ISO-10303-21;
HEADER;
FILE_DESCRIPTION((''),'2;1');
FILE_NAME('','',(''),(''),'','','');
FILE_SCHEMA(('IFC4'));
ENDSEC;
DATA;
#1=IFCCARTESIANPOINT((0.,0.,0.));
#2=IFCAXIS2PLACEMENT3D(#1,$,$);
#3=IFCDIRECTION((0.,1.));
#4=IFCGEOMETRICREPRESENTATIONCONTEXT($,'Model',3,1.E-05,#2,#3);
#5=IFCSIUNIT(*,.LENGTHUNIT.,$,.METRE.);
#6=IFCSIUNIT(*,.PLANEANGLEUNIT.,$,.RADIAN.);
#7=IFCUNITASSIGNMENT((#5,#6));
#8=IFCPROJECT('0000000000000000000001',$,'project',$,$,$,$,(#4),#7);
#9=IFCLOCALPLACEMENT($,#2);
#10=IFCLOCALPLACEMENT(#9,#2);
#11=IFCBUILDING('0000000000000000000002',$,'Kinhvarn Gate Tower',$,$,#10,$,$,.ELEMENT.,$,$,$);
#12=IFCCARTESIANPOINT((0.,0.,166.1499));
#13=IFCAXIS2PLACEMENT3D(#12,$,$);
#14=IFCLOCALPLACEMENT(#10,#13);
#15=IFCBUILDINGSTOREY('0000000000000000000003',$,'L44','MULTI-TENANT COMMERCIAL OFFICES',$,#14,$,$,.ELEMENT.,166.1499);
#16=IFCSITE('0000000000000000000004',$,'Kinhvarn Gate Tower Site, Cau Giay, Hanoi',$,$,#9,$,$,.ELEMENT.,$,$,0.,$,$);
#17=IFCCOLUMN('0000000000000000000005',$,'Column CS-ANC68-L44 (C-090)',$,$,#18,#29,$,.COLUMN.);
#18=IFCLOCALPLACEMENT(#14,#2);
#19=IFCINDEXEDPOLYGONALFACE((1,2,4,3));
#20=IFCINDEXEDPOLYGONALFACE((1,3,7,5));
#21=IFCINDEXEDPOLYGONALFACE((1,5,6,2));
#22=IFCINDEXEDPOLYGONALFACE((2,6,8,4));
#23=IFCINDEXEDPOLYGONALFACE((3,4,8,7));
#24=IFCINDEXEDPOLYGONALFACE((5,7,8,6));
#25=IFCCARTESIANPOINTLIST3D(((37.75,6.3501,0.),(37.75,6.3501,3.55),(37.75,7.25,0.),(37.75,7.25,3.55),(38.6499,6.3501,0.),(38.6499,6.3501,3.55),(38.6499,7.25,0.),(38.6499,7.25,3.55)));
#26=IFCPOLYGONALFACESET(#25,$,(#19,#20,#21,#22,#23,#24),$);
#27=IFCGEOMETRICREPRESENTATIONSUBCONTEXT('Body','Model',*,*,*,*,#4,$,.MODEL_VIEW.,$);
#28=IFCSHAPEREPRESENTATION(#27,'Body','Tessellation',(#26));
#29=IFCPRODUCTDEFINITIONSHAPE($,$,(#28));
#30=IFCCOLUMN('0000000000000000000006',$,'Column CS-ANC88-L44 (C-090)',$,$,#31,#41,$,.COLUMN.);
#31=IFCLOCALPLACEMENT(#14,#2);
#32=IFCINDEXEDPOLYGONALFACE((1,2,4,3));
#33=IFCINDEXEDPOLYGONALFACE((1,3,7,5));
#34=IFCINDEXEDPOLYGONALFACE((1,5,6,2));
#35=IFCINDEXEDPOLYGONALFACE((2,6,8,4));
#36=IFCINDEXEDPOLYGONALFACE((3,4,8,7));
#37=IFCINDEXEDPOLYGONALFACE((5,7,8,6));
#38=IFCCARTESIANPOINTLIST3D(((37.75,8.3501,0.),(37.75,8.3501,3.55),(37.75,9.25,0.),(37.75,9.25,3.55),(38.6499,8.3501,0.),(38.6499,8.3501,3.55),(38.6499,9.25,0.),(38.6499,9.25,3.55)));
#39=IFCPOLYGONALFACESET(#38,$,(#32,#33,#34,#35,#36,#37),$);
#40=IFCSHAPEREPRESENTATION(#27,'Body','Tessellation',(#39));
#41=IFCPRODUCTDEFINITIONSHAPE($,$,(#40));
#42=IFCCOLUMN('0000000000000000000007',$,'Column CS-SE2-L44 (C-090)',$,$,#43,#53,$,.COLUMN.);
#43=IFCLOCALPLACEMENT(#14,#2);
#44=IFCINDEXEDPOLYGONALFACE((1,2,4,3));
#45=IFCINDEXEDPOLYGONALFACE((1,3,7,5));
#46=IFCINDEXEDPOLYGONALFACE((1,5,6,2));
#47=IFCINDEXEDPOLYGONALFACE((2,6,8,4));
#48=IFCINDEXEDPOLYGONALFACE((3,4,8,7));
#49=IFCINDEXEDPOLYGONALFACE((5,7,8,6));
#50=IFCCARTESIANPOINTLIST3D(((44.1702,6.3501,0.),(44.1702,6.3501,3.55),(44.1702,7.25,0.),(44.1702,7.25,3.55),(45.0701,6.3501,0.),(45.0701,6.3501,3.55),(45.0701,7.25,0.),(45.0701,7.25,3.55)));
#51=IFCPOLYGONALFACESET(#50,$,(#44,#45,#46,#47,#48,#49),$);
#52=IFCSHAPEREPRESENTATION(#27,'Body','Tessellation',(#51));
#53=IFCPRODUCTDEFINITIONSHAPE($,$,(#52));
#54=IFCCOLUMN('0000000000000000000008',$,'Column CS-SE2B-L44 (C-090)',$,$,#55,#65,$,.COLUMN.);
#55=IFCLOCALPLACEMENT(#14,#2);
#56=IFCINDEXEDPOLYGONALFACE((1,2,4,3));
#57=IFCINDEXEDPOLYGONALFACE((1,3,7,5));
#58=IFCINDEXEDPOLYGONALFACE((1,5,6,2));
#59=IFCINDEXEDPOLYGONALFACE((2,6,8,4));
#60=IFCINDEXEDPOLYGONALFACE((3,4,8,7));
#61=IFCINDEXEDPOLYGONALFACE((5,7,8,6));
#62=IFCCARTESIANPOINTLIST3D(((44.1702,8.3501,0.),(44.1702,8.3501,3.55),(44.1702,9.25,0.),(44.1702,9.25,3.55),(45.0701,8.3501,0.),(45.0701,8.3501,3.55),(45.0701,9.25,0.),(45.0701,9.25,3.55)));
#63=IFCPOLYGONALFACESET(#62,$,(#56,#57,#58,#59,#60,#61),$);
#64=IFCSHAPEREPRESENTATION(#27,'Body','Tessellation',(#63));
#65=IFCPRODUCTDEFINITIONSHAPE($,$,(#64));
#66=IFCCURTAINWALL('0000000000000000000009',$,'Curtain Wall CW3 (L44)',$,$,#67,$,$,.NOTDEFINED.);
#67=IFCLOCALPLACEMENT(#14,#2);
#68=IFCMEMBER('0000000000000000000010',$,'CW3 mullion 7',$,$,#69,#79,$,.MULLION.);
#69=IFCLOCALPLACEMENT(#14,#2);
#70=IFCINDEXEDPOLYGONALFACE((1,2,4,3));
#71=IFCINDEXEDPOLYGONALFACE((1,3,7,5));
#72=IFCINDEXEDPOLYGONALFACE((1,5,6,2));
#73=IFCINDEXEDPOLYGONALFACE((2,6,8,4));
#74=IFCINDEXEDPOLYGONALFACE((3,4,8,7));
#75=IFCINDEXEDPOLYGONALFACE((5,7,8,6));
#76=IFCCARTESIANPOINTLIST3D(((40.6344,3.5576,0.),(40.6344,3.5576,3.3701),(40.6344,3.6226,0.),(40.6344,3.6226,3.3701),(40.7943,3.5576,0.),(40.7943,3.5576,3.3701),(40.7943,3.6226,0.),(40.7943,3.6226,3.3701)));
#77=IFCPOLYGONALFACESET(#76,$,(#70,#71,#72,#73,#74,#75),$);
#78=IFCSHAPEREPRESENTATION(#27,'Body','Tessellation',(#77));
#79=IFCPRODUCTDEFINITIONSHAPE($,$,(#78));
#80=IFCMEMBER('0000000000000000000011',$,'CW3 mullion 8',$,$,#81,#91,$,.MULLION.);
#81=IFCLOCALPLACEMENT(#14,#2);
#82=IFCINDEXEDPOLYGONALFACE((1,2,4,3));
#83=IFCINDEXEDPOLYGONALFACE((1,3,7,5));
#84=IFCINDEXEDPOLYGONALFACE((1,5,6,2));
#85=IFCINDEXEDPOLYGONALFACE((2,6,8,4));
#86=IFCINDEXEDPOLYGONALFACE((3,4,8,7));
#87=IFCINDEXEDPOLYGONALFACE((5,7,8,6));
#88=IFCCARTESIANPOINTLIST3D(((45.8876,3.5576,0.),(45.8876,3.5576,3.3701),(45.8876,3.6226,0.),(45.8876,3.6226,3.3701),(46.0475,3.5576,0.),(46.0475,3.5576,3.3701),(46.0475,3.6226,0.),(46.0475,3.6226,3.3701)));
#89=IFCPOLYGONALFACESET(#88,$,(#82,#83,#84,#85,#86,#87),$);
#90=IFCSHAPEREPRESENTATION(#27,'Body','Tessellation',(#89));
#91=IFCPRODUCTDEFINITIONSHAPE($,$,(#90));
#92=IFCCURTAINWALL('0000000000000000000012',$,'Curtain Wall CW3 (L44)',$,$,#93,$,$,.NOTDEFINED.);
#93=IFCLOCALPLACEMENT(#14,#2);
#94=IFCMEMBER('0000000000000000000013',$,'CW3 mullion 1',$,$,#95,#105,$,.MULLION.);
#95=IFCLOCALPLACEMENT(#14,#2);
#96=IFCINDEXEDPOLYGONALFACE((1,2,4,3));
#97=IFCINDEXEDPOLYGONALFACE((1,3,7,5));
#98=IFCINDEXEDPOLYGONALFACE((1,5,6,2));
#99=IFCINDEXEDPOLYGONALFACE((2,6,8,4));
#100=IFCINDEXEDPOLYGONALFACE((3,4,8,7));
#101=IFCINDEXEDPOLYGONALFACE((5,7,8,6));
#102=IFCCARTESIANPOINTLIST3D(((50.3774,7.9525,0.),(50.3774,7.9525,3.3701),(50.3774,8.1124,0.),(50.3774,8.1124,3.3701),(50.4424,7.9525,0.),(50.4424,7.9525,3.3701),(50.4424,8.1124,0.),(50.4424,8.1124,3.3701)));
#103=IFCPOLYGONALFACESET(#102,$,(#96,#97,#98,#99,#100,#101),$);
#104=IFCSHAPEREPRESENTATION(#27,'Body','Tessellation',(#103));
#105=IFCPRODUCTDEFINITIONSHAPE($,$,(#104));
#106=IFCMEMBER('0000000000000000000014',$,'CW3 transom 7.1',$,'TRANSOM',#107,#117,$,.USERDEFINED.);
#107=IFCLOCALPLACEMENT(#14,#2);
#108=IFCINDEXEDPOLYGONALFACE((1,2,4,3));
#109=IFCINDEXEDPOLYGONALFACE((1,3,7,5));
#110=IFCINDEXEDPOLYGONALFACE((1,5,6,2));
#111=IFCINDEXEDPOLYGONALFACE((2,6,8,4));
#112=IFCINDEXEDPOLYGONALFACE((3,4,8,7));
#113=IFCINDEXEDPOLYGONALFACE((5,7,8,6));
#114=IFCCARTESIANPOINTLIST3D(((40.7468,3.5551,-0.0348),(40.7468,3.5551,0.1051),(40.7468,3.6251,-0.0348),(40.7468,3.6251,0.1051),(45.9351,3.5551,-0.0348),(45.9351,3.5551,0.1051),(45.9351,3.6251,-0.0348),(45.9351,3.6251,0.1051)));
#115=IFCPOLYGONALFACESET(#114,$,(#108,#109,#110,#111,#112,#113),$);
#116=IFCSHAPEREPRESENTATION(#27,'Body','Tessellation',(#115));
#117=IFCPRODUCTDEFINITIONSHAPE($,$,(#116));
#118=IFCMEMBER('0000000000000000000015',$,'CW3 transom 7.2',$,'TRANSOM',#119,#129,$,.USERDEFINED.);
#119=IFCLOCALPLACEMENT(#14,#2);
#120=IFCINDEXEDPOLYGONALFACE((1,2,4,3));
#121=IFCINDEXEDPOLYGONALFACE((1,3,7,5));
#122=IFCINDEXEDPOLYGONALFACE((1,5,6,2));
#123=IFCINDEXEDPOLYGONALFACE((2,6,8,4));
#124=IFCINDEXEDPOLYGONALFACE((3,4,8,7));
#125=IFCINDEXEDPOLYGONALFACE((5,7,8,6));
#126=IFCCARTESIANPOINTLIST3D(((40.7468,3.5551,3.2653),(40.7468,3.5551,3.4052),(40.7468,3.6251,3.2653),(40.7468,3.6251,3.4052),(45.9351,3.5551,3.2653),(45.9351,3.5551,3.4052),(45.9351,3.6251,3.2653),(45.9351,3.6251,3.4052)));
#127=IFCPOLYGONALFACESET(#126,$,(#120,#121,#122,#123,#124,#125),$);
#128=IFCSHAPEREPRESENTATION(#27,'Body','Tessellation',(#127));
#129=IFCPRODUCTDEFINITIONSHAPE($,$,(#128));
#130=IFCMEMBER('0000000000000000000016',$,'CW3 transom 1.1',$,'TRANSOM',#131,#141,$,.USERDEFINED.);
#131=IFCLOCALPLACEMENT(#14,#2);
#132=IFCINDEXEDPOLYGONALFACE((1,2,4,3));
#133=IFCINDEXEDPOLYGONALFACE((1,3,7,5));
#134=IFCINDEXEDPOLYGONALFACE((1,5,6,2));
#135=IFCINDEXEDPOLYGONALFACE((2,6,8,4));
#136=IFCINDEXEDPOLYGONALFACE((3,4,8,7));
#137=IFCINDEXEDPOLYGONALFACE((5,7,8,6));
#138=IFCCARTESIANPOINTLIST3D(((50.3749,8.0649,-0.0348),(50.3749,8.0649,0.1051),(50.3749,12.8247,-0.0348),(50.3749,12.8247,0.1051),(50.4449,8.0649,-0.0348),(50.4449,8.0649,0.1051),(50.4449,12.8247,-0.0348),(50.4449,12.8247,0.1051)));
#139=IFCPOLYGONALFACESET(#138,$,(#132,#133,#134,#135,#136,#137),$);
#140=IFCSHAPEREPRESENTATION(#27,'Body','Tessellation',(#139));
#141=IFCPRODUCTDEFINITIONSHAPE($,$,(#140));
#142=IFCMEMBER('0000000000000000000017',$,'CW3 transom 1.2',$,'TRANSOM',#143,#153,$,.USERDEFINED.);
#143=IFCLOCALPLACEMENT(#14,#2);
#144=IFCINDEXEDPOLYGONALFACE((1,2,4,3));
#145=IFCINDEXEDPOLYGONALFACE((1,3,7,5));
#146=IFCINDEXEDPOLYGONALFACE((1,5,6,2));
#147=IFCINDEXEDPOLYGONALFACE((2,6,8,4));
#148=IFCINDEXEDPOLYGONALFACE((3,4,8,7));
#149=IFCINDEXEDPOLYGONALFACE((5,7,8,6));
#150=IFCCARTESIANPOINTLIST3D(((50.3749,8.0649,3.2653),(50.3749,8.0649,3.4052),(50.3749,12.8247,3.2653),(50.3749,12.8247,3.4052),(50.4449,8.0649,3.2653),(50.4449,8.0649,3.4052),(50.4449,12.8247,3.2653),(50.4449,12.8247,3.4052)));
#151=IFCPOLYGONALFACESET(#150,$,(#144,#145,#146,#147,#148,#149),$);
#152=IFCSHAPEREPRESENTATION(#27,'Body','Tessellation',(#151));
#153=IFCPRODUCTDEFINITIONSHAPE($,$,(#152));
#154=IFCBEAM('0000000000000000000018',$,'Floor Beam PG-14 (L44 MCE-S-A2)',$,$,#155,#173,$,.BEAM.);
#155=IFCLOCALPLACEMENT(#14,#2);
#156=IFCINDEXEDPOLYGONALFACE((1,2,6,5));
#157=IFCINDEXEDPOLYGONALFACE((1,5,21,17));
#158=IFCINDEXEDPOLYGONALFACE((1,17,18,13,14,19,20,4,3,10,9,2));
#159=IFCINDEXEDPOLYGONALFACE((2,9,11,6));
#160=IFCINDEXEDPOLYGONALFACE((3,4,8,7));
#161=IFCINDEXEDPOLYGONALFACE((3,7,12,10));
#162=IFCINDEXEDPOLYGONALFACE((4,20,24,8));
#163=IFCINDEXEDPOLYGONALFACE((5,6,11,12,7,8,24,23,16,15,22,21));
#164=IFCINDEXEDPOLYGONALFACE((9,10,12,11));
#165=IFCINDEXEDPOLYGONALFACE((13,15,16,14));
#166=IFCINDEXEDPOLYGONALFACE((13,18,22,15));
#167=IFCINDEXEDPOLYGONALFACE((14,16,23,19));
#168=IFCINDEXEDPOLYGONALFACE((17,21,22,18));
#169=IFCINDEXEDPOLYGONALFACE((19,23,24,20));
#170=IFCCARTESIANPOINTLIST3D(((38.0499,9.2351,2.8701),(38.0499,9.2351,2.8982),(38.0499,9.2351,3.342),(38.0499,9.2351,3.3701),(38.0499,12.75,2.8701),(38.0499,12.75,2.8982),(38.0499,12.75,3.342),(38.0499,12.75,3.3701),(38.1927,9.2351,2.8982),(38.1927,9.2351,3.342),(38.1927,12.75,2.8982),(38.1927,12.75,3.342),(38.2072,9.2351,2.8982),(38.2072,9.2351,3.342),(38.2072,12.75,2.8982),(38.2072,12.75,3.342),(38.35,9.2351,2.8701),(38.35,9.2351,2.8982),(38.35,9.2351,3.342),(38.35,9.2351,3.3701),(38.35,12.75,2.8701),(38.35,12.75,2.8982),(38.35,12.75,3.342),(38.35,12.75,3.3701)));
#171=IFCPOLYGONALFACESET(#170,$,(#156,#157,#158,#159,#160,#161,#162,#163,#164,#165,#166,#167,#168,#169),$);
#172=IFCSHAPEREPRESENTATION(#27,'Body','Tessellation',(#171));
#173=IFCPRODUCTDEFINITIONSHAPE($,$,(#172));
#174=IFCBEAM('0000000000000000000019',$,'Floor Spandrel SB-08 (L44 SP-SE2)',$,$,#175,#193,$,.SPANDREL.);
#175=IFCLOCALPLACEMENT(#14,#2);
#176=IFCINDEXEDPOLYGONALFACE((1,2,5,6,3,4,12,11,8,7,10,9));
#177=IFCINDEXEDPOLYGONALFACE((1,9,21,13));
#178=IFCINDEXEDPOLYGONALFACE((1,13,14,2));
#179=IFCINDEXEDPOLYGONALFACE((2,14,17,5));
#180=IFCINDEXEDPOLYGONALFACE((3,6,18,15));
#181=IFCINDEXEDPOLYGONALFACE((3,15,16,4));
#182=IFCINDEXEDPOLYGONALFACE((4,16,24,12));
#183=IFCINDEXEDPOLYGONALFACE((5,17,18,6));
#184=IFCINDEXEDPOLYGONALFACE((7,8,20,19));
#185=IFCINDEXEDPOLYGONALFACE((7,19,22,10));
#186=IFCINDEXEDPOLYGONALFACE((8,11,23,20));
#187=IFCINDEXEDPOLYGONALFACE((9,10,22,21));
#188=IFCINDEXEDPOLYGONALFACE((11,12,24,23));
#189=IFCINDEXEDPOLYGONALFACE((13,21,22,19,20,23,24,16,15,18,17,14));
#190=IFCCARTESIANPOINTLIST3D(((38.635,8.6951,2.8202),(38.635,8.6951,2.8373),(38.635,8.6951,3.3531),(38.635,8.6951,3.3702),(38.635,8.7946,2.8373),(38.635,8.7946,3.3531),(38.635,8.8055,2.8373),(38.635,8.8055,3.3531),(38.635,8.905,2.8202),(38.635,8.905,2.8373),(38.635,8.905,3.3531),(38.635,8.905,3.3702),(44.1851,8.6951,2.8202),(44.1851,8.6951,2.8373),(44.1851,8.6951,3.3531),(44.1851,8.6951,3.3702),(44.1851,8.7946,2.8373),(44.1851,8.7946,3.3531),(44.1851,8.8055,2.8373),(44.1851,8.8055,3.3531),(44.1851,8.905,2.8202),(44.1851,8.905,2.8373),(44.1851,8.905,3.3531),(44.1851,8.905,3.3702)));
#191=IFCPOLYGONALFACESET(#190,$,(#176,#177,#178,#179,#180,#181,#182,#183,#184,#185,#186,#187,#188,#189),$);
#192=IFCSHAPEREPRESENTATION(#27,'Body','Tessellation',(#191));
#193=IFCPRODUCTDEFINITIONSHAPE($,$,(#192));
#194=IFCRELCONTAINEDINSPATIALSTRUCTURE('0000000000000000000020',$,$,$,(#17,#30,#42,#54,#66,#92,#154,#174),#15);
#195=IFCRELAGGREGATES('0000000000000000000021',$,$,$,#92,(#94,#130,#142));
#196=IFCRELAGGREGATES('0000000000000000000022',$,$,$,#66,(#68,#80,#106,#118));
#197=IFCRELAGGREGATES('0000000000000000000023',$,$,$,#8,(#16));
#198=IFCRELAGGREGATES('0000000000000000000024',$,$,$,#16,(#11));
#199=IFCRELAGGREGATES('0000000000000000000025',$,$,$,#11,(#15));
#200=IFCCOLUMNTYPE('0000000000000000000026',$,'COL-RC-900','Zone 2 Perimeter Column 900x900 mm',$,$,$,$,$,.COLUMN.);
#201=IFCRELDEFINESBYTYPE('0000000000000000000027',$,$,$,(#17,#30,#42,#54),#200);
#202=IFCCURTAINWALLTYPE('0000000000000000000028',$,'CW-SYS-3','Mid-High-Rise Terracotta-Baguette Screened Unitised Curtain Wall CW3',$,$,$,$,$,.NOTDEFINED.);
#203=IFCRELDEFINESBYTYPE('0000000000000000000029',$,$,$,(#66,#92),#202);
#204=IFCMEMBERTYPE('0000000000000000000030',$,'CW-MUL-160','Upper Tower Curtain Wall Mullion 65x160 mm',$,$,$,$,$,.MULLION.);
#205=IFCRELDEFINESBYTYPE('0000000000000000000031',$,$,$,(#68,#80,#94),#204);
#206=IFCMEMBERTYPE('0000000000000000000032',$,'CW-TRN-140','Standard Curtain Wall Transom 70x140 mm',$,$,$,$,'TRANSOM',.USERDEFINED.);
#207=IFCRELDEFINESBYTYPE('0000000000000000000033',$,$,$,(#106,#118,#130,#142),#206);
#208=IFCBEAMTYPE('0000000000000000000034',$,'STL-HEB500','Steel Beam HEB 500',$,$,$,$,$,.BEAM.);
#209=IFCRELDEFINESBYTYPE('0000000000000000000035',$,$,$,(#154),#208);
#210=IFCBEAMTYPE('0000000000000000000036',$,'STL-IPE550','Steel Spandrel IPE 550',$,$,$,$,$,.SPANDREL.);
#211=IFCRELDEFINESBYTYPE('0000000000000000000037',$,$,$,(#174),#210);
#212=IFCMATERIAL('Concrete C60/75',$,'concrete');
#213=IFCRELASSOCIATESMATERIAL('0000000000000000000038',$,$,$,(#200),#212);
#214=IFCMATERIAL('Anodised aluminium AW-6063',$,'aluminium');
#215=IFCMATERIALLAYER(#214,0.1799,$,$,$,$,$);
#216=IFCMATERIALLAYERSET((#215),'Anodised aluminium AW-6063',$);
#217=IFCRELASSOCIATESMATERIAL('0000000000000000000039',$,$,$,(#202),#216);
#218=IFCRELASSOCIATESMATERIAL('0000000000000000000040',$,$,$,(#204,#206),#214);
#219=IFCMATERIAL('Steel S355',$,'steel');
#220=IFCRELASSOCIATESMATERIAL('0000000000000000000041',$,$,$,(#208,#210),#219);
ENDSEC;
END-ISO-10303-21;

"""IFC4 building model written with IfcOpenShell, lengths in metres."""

from ifc_helpers import new_model, si_unit, direction, frame, origin, origin_2d, place, context, subcontext, project, spatial, rectangle, i_section, extrude, material, layer, layer_set, material_profile, profile_set, type_object, element, aggregate, save


model = new_model("IFC4")

# Units and contexts
model_context = context("Model", 3, precision=1e-05, world=origin(), true_north=direction((0.0, 1.0)))
body_context = subcontext(model_context, "Body", "Model", "MODEL_VIEW")
ifc_project = project(units=[si_unit("LENGTHUNIT", "METRE"), si_unit("PLANEANGLEUNIT", "RADIAN")], contexts=[model_context])

# Site, building, storey
site_placement = place(None, origin())
site = spatial("IfcSite", under=ifc_project, at=site_placement, Name="Kinhvarn Gate Tower Site, Cau Giay, Hanoi", CompositionType="ELEMENT", RefElevation=0.0)
building_placement = place(site_placement, origin())
building = spatial("IfcBuilding", under=site, at=building_placement, Name="Kinhvarn Gate Tower", CompositionType="ELEMENT")
storey_placement = place(building_placement, frame((0.0, 0.0, 166.1499)))
storey = spatial("IfcBuildingStorey", under=building, at=storey_placement, Name="L44", Description="MULTI-TENANT COMMERCIAL OFFICES", CompositionType="ELEMENT", Elevation=166.1499)

# Columns
ifc_material_1 = material(Name="Concrete C60/75", Category="concrete")
ifc_material_profile_1 = material_profile(ifc_material_1, rectangle(XDim=0.8999, YDim=0.8999, at=origin_2d()), Name="RC 900x900")
ifc_profile_set_1 = profile_set([ifc_material_profile_1], Name="Concrete C60/75")
column_type = type_object("IfcColumnType", Name="COL-RC-900", Description="Zone 2 Perimeter Column 900x900 mm", PredefinedType="COLUMN", material=ifc_profile_set_1)
for number, where, z_axis, x_axis, name in (
    (1, (38.2, 6.8, 0.0), (0.0, 0.0, 1.0), (1.0, 0.0, 0.0), "Column CS-ANC68-L44 (C-090)"),
    (2, (38.2, 8.8, 0.0), (0.0, 0.0, 1.0), (1.0, 0.0, 0.0), "Column CS-ANC88-L44 (C-090)"),
    (3, (44.6201, 6.8, 0.0), (0.0, 0.0, 1.0), (1.0, 0.0, 0.0), "Column CS-SE2-L44 (C-090)"),
    (4, (44.6201, 8.8, 0.0), (0.0, 0.0, 1.0), (1.0, 0.0, 0.0), "Column CS-SE2B-L44 (C-090)"),
):
    element("IfcColumn", number, at=place(storey_placement, frame(where, z_axis=z_axis, x_axis=x_axis)), inside=storey, type_object=column_type, Name=name, PredefinedType="COLUMN", context=body_context, shape_type="SweptSolid", body=[
        extrude(rectangle(XDim=0.8999, YDim=0.8999, at=origin_2d()), origin(), (0.0, 0.0, 1.0), 3.55),
    ])

# Curtain wall, members
ifc_material_2 = material(Name="Anodised aluminium AW-6063", Category="aluminium")
ifc_layer_1 = layer(ifc_material_2, 0.1799)
ifc_layer_set_1 = layer_set([ifc_layer_1], Name="Anodised aluminium AW-6063")
curtain_wall_type = type_object("IfcCurtainWallType", Name="CW-SYS-3", Description="Mid-High-Rise Terracotta-Baguette Screened Unitised Curtain Wall CW3", PredefinedType="NOTDEFINED", material=ifc_layer_set_1)
curtain_wall_1_placement = place(storey_placement, origin())
curtain_wall_1 = element("IfcCurtainWall", 5, at=curtain_wall_1_placement, inside=storey, type_object=curtain_wall_type, Name="Curtain Wall CW3 (L44)", PredefinedType="NOTDEFINED")
ifc_material_profile_2 = material_profile(ifc_material_2, rectangle(XDim=0.0649, YDim=0.1599, at=origin_2d()), Name="ALU 65x160")
ifc_profile_set_2 = profile_set([ifc_material_profile_2], Name="Anodised aluminium AW-6063")
member_type_1 = type_object("IfcMemberType", Name="CW-MUL-160", Description="Upper Tower Curtain Wall Mullion 65x160 mm", PredefinedType="MULLION", material=ifc_profile_set_2)
member_1_placement = place(storey_placement, frame((40.7144, 3.5901, 0.0), z_axis=(0.0, 0.0, 1.0), x_axis=(0.0, 1.0, 0.0)))
member_1 = element("IfcMember", 6, at=member_1_placement, type_object=member_type_1, Name="CW3 mullion 7", PredefinedType="MULLION", context=body_context, shape_type="SweptSolid", body=[
    extrude(rectangle(XDim=0.0649, YDim=0.1599, at=origin_2d()), origin(), (0.0, 0.0, 1.0), 3.3701),
])
member_2_placement = place(storey_placement, frame((45.9675, 3.5901, 0.0), z_axis=(0.0, 0.0, 1.0), x_axis=(0.0, 1.0, 0.0)))
member_2 = element("IfcMember", 7, at=member_2_placement, type_object=member_type_1, Name="CW3 mullion 8", PredefinedType="MULLION", context=body_context, shape_type="SweptSolid", body=[
    extrude(rectangle(XDim=0.0649, YDim=0.1599, at=origin_2d()), origin(), (0.0, 0.0, 1.0), 3.3701),
])

# Curtain wall, member
curtain_wall_2_placement = place(storey_placement, origin())
curtain_wall_2 = element("IfcCurtainWall", 8, at=curtain_wall_2_placement, inside=storey, type_object=curtain_wall_type, Name="Curtain Wall CW3 (L44)", PredefinedType="NOTDEFINED")
member_3_placement = place(storey_placement, frame((50.4099, 8.0325, 0.0), z_axis=(0.0, 0.0, 1.0), x_axis=(-1.0, 0.0, 0.0)))
member_3 = element("IfcMember", 9, at=member_3_placement, type_object=member_type_1, Name="CW3 mullion 1", PredefinedType="MULLION", context=body_context, shape_type="SweptSolid", body=[
    extrude(rectangle(XDim=0.0649, YDim=0.1599, at=origin_2d()), origin(), (0.0, 0.0, 1.0), 3.3701),
])

# Members
ifc_material_profile_3 = material_profile(ifc_material_2, rectangle(XDim=0.0701, YDim=0.1399, at=origin_2d()), Name="ALU 70x140")
ifc_profile_set_3 = profile_set([ifc_material_profile_3], Name="Anodised aluminium AW-6063")
member_type_2 = type_object("IfcMemberType", Name="CW-TRN-140", Description="Standard Curtain Wall Transom 70x140 mm", ElementType="TRANSOM", PredefinedType="USERDEFINED", material=ifc_profile_set_3)
member_4_placement = place(storey_placement, frame((40.7468, 3.5901, 0.0352), z_axis=(1.0, 0.0, 0.0), x_axis=(0.0, 1.0, 0.0)))
member_4 = element("IfcMember", 10, at=member_4_placement, type_object=member_type_2, Name="CW3 transom 7.1", ObjectType="TRANSOM", PredefinedType="USERDEFINED", context=body_context, shape_type="SweptSolid", body=[
    extrude(rectangle(XDim=0.0701, YDim=0.1399, at=origin_2d()), origin(), (0.0, 0.0, 1.0), 5.1882),
])
member_5_placement = place(storey_placement, frame((40.7468, 3.5901, 3.3352), z_axis=(1.0, 0.0, 0.0), x_axis=(0.0, 1.0, 0.0)))
member_5 = element("IfcMember", 11, at=member_5_placement, type_object=member_type_2, Name="CW3 transom 7.2", ObjectType="TRANSOM", PredefinedType="USERDEFINED", context=body_context, shape_type="SweptSolid", body=[
    extrude(rectangle(XDim=0.0701, YDim=0.1399, at=origin_2d()), origin(), (0.0, 0.0, 1.0), 5.1882),
])
member_6_placement = place(storey_placement, frame((50.4099, 8.0649, 0.0352), z_axis=(0.0, 1.0, 0.0), x_axis=(-1.0, 0.0, 0.0)))
member_6 = element("IfcMember", 12, at=member_6_placement, type_object=member_type_2, Name="CW3 transom 1.1", ObjectType="TRANSOM", PredefinedType="USERDEFINED", context=body_context, shape_type="SweptSolid", body=[
    extrude(rectangle(XDim=0.0701, YDim=0.1399, at=origin_2d()), origin(), (0.0, 0.0, 1.0), 4.7598),
])
member_7_placement = place(storey_placement, frame((50.4099, 8.0649, 3.3352), z_axis=(0.0, 1.0, 0.0), x_axis=(-1.0, 0.0, 0.0)))
member_7 = element("IfcMember", 13, at=member_7_placement, type_object=member_type_2, Name="CW3 transom 1.2", ObjectType="TRANSOM", PredefinedType="USERDEFINED", context=body_context, shape_type="SweptSolid", body=[
    extrude(rectangle(XDim=0.0701, YDim=0.1399, at=origin_2d()), origin(), (0.0, 0.0, 1.0), 4.7598),
])
aggregate(curtain_wall_2, [member_3, member_6, member_7])

# Beams
ifc_material_3 = material(Name="Steel S355", Category="steel")
ifc_material_profile_4 = material_profile(ifc_material_3, i_section(OverallWidth=0.3, OverallDepth=0.5, WebThickness=0.0144, FlangeThickness=0.0281, at=origin_2d()), Name="HEB 500")
ifc_profile_set_4 = profile_set([ifc_material_profile_4], Name="Steel S355")
beam_type_1 = type_object("IfcBeamType", Name="STL-HEB500", Description="Steel Beam HEB 500", PredefinedType="BEAM", material=ifc_profile_set_4)
beam_placement = place(storey_placement, frame((38.2, 9.2351, 3.1201), z_axis=(0.0, 1.0, 0.0), x_axis=(-1.0, 0.0, 0.0)))
element("IfcBeam", 14, at=beam_placement, inside=storey, type_object=beam_type_1, Name="Floor Beam PG-14 (L44 MCE-S-A2)", PredefinedType="BEAM", context=body_context, shape_type="SweptSolid", body=[
    extrude(i_section(OverallWidth=0.3, OverallDepth=0.5, WebThickness=0.0144, FlangeThickness=0.0281, at=origin_2d()), origin(), (0.0, 0.0, 1.0), 3.5149),
])
ifc_material_profile_5 = material_profile(ifc_material_3, i_section(OverallWidth=0.21, OverallDepth=0.55, WebThickness=0.011, FlangeThickness=0.0171, at=origin_2d()), Name="IPE 550")
ifc_profile_set_5 = profile_set([ifc_material_profile_5], Name="Steel S355")
beam_type_2 = type_object("IfcBeamType", Name="STL-IPE550", Description="Steel Spandrel IPE 550", PredefinedType="SPANDREL", material=ifc_profile_set_5)
for number, where, z_axis, x_axis, name in (
    (15, (38.635, 8.8, 3.0952), (1.0, 0.0, 0.0), (0.0, 1.0, 0.0), "Floor Spandrel SB-08 (L44 SP-SE2)"),
):
    element("IfcBeam", number, at=place(storey_placement, frame(where, z_axis=z_axis, x_axis=x_axis)), inside=storey, type_object=beam_type_2, Name=name, PredefinedType="SPANDREL", context=body_context, shape_type="SweptSolid", body=[
        extrude(i_section(OverallWidth=0.21, OverallDepth=0.55, WebThickness=0.011, FlangeThickness=0.0171, at=origin_2d()), origin(), (0.0, 0.0, 1.0), 5.55),
    ])

aggregate(curtain_wall_1, [member_1, member_2, member_4, member_5])

save(model, "model.ifc")
